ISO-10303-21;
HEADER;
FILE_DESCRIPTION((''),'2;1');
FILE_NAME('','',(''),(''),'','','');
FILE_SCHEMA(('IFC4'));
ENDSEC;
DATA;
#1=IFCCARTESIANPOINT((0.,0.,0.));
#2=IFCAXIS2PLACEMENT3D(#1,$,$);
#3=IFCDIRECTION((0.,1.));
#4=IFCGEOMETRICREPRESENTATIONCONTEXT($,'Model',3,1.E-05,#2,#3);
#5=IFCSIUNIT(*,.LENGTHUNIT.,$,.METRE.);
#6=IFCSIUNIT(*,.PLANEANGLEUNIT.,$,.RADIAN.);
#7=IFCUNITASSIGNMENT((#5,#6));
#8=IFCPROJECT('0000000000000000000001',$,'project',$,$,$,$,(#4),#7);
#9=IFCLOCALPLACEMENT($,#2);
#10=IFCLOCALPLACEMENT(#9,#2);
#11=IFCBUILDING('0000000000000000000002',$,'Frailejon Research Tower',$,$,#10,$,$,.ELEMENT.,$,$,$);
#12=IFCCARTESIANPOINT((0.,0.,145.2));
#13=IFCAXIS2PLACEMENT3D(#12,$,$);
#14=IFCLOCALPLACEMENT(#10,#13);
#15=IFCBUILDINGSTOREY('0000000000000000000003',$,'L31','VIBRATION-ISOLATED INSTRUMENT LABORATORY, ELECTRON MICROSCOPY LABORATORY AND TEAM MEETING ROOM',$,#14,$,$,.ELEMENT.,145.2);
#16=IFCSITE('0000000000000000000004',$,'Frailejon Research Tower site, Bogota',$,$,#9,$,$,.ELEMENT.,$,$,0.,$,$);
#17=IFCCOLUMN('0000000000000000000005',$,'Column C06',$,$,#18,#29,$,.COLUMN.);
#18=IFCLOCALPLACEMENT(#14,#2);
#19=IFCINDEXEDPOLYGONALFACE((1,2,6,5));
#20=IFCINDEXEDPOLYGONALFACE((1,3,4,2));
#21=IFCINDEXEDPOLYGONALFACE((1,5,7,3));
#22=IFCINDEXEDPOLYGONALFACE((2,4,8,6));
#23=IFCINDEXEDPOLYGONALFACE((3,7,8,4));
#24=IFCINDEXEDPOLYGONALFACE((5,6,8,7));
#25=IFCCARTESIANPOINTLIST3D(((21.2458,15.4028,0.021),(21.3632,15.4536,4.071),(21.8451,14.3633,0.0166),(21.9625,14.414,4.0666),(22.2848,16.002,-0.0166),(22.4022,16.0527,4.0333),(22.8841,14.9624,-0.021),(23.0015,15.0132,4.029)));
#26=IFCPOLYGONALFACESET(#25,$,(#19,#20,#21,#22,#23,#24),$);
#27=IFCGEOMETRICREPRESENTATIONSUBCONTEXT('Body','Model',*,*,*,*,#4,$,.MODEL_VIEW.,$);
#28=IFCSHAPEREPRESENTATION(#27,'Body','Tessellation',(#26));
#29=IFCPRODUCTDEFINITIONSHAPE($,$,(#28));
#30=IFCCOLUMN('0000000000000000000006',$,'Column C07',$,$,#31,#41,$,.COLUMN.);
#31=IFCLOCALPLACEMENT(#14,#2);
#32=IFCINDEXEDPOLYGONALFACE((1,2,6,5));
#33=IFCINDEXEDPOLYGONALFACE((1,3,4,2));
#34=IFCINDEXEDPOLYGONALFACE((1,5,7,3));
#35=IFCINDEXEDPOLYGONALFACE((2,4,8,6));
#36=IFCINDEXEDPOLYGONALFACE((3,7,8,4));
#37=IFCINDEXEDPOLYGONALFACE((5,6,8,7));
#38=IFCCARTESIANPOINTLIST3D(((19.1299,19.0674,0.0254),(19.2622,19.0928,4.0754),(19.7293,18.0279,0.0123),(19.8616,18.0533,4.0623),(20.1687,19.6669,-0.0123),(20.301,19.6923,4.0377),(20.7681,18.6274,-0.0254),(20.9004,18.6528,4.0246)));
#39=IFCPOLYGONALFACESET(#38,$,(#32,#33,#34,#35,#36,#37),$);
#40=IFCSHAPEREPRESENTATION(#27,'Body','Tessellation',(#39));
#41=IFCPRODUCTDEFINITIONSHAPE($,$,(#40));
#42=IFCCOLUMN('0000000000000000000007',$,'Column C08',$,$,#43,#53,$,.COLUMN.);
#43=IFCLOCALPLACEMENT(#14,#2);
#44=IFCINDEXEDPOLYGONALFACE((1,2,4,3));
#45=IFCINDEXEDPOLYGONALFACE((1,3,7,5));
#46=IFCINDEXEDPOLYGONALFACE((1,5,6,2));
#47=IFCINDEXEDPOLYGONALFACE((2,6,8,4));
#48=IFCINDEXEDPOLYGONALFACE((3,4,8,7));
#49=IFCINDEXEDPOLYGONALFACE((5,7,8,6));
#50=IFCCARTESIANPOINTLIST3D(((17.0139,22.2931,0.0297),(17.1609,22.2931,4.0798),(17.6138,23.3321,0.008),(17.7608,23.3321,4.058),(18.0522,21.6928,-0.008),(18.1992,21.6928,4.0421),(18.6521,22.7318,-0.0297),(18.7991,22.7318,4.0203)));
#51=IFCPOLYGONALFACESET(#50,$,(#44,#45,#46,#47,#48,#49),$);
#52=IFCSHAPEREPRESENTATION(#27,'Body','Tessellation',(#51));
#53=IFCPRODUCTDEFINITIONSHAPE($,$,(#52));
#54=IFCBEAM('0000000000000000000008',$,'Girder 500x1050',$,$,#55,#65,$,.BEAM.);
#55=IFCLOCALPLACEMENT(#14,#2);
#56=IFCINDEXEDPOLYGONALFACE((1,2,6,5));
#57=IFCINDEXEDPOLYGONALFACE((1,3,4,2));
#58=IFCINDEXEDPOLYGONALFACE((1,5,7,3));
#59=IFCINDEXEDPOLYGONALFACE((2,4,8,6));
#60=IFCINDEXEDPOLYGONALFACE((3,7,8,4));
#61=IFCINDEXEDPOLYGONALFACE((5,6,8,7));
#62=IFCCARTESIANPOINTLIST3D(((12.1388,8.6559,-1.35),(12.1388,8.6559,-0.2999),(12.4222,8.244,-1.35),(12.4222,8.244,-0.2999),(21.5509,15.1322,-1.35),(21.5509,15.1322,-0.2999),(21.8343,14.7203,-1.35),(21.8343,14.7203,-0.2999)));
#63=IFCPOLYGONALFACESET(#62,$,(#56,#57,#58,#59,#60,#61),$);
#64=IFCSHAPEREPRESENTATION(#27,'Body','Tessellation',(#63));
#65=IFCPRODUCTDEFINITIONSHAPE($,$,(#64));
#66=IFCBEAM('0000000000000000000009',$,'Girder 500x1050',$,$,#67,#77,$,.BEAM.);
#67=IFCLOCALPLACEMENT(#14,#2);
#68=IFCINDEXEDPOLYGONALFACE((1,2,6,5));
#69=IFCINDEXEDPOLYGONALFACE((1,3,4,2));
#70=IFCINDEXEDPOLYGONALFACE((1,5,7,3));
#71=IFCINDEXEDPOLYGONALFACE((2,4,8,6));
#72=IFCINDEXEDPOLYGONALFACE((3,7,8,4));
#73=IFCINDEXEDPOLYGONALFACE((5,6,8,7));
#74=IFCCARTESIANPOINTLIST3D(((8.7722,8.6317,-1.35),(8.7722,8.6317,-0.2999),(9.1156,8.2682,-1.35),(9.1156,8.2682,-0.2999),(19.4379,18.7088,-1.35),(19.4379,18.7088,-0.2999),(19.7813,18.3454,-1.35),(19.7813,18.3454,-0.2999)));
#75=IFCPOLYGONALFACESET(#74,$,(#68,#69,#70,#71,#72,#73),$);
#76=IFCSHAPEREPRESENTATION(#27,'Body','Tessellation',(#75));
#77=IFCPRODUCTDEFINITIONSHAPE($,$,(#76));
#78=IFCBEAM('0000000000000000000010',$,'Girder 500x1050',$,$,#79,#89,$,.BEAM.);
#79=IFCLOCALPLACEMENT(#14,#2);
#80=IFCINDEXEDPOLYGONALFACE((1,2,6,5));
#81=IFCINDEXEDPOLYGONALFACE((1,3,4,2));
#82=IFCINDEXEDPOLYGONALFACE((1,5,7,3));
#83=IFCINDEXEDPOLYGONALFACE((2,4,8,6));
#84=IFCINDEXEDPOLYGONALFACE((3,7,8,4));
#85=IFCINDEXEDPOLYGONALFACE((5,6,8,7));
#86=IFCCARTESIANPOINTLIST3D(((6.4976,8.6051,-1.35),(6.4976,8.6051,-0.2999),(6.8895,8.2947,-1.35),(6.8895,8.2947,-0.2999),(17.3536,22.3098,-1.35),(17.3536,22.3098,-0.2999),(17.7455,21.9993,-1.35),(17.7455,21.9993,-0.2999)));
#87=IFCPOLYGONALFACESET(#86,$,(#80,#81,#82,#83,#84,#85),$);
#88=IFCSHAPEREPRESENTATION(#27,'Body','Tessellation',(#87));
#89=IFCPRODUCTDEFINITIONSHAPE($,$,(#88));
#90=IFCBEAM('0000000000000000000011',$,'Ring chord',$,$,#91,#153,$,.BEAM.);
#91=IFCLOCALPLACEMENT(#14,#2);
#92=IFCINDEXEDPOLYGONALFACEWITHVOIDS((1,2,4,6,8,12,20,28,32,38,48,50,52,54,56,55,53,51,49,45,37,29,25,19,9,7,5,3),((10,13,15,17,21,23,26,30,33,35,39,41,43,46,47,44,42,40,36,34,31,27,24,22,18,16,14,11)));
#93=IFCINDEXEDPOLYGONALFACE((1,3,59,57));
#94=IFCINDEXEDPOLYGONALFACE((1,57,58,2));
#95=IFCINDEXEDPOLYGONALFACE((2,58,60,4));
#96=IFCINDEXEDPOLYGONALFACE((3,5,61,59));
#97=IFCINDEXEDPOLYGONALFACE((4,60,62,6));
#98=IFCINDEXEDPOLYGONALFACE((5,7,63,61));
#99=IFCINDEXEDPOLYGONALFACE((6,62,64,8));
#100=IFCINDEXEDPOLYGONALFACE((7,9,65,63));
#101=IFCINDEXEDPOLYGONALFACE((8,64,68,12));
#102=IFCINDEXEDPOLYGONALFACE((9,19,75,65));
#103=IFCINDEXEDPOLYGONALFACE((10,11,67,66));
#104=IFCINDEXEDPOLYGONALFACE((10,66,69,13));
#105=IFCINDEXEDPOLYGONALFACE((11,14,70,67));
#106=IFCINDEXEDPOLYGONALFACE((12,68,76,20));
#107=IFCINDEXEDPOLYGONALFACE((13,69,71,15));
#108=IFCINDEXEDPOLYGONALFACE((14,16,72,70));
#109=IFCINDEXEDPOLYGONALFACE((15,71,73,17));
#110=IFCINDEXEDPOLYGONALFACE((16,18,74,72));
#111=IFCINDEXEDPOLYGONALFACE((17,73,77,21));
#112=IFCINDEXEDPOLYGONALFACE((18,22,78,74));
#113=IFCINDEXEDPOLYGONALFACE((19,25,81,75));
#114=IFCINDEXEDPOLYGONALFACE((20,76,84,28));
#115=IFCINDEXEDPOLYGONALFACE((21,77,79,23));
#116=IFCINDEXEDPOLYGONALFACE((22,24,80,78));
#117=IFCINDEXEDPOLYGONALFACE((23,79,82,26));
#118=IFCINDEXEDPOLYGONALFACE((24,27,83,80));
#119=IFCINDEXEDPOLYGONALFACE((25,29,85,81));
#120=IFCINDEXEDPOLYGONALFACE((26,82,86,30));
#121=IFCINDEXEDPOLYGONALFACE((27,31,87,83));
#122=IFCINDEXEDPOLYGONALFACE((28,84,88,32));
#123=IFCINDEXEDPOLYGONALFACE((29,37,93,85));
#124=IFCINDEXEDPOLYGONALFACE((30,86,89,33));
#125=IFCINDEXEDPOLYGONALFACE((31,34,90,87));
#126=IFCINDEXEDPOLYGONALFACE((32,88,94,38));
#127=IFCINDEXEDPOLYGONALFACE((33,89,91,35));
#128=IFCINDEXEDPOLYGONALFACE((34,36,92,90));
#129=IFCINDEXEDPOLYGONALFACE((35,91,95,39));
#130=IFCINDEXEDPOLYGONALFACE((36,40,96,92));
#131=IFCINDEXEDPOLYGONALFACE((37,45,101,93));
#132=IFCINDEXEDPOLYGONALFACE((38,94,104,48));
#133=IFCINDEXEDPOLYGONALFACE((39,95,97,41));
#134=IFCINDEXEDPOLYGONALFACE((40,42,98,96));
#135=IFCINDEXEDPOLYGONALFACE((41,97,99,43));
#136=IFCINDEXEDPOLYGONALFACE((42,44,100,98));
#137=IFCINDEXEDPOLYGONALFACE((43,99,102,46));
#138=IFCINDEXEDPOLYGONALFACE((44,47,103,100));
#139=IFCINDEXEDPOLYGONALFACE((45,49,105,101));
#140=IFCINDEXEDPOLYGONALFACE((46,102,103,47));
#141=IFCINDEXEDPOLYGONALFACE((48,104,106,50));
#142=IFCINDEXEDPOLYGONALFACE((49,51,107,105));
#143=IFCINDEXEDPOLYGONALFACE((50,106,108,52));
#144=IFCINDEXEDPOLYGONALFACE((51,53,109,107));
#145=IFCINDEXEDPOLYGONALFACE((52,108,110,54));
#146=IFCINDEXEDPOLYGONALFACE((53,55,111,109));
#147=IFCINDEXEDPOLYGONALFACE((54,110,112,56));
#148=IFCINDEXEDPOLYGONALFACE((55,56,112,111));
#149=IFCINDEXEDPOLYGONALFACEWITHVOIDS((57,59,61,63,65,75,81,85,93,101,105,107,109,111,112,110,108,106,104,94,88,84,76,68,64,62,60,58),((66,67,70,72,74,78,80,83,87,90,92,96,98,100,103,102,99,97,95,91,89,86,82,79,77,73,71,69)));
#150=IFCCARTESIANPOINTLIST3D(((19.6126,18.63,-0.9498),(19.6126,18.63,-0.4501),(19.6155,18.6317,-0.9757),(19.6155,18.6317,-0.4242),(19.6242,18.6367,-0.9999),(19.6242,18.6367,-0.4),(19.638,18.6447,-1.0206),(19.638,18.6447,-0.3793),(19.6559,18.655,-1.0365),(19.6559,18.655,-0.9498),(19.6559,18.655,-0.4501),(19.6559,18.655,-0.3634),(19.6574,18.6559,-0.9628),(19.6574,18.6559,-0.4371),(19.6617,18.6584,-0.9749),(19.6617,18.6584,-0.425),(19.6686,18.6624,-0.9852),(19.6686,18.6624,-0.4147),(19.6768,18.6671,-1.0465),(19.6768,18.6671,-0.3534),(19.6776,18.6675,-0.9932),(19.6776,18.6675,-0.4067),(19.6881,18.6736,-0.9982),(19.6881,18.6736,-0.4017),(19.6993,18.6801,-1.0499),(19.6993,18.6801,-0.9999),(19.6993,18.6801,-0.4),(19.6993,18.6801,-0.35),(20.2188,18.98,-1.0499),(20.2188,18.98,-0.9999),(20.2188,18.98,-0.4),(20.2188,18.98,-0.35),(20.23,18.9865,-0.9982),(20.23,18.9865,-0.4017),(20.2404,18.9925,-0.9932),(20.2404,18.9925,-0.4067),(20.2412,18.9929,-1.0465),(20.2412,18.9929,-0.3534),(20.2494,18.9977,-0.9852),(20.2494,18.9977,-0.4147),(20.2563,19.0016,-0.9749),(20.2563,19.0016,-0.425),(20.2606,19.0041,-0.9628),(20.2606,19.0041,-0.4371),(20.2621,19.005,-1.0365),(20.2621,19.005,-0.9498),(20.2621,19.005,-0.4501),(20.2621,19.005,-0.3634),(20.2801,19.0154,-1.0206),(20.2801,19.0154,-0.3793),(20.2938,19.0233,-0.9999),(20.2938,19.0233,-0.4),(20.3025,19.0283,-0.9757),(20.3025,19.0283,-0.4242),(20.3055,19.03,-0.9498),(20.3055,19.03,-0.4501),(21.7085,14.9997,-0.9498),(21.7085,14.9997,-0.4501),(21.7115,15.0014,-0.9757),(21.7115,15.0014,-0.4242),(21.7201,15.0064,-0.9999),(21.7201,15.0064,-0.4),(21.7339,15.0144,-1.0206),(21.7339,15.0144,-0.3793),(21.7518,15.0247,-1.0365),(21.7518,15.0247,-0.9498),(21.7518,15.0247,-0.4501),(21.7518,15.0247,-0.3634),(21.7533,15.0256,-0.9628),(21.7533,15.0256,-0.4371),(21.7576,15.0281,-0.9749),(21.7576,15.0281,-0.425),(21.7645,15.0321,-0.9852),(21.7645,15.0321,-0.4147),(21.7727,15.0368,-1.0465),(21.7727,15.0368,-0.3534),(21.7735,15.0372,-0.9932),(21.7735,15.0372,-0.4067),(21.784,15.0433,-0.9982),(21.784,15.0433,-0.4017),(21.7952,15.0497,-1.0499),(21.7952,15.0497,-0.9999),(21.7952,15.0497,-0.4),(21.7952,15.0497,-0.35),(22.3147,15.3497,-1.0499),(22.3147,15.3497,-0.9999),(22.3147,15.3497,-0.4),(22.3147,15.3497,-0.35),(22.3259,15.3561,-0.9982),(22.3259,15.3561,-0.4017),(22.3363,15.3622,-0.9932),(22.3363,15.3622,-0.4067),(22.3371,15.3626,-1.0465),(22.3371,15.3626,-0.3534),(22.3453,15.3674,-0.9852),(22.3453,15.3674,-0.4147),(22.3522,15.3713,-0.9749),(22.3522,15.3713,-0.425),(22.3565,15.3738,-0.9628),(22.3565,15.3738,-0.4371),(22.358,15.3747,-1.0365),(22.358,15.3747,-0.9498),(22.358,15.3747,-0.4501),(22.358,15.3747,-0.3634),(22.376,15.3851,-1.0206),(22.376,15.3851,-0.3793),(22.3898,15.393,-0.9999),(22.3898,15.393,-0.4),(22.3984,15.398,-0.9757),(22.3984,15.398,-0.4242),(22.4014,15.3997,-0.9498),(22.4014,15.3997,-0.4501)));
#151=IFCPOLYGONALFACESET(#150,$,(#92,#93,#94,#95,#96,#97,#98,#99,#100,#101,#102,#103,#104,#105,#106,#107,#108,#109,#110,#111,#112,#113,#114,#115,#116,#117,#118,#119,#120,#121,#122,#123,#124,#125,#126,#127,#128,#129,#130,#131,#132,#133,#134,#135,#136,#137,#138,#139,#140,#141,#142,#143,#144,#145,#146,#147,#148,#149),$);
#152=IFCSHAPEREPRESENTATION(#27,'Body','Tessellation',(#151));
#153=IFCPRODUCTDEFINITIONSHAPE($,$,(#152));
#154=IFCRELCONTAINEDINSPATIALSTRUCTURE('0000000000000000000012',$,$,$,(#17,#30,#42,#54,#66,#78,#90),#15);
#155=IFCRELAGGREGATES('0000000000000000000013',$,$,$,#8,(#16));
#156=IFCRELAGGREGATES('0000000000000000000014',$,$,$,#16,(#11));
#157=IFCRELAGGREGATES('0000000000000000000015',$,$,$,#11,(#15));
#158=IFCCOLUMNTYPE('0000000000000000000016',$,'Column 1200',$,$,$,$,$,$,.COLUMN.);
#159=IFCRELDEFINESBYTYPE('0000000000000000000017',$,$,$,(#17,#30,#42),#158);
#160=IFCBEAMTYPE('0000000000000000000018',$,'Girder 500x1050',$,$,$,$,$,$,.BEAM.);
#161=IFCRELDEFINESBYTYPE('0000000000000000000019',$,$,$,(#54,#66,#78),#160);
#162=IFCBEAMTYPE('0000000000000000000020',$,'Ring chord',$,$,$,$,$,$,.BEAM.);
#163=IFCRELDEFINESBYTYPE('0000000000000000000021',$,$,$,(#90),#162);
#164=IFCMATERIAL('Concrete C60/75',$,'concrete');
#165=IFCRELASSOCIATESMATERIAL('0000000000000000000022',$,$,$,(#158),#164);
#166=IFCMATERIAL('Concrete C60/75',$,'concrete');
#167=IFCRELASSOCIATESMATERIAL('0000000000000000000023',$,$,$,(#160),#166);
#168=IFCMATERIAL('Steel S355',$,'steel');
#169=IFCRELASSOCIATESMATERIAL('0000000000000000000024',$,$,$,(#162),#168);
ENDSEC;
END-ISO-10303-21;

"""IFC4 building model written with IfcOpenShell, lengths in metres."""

from ifc_helpers import new_model, si_unit, direction, frame, origin, origin_2d, place, context, subcontext, project, spatial, rectangle, hollow_rectangle, extrude, material, material_profile, profile_set, type_object, element, save


model = new_model("IFC4")

# Units and contexts
model_context = context("Model", 3, precision=1e-05, world=origin(), true_north=direction((0.0, 1.0)))
body_context = subcontext(model_context, "Body", "Model", "MODEL_VIEW")
ifc_project = project(units=[si_unit("LENGTHUNIT", "METRE"), si_unit("PLANEANGLEUNIT", "RADIAN")], contexts=[model_context])

# Site, building, storey
site_placement = place(None, origin())
site = spatial("IfcSite", under=ifc_project, at=site_placement, Name="Frailejon Research Tower site, Bogota", CompositionType="ELEMENT", RefElevation=0.0)
building_placement = place(site_placement, origin())
building = spatial("IfcBuilding", under=site, at=building_placement, Name="Frailejon Research Tower", CompositionType="ELEMENT")
storey_placement = place(building_placement, frame((0.0, 0.0, 145.2)))
storey = spatial("IfcBuildingStorey", under=building, at=storey_placement, Name="L31", Description="VIBRATION-ISOLATED INSTRUMENT LABORATORY, ELECTRON MICROSCOPY LABORATORY AND TEAM MEETING ROOM", CompositionType="ELEMENT", Elevation=145.2)

# Columns
ifc_material_1 = material(Name="Concrete C60/75", Category="concrete")
ifc_material_profile_1 = material_profile(ifc_material_1, rectangle(XDim=1.2, YDim=1.2, at=origin_2d()), Name="Column 1200")
ifc_profile_set_1 = profile_set([ifc_material_profile_1], Name="Concrete C60/75")
column_type = type_object("IfcColumnType", Name="Column 1200", PredefinedType="COLUMN", material=ifc_profile_set_1)
column_1_placement = place(storey_placement, frame((22.0649, 15.1826, 0.0), z_axis=(0.028981, 0.012532, 0.999501), x_axis=(-0.49945, 0.866335, 0.003619)))
element("IfcColumn", 1, at=column_1_placement, inside=storey, type_object=column_type, Name="Column C06", PredefinedType="COLUMN", context=body_context, shape_type="SweptSolid", body=[
    extrude(rectangle(XDim=1.2, YDim=1.2, at=origin_2d()), origin(), (0.0, 0.0, 1.0), 4.052),
])
column_2_placement = place(storey_placement, frame((19.949, 18.8474, 0.0), z_axis=(0.032654, 0.006266, 0.999447), x_axis=(-0.49952, 0.866234, 0.01089)))
element("IfcColumn", 2, at=column_2_placement, inside=storey, type_object=column_type, Name="Column C07", PredefinedType="COLUMN", context=body_context, shape_type="SweptSolid", body=[
    extrude(rectangle(XDim=1.2, YDim=1.2, at=origin_2d()), origin(), (0.0, 0.0, 1.0), 4.0522),
])
column_3_placement = place(storey_placement, frame((17.833, 22.5125, 0.0), z_axis=(0.036265, 0.0, 0.999342), x_axis=(-0.865314, 0.500246, 0.031401)))
element("IfcColumn", 3, at=column_3_placement, inside=storey, type_object=column_type, Name="Column C08", PredefinedType="COLUMN", context=body_context, shape_type="SweptSolid", body=[
    extrude(rectangle(XDim=1.2, YDim=1.2, at=origin_2d()), origin(), (0.0, 0.0, 1.0), 4.0527),
])

# Beams
ifc_material_2 = material(Name="Concrete C60/75", Category="concrete")
ifc_material_profile_2 = material_profile(ifc_material_2, rectangle(XDim=0.5, YDim=1.05, at=origin_2d()), Name="Girder 500x1050")
ifc_profile_set_2 = profile_set([ifc_material_profile_2], Name="Concrete C60/75")
beam_type_1 = type_object("IfcBeamType", Name="Girder 500x1050", PredefinedType="BEAM", material=ifc_profile_set_2)
beam_1_placement = place(storey_placement, frame((21.6926, 14.9263, -0.825), z_axis=(-0.823817, -0.566855, 0.0), x_axis=(0.566855, -0.823817, 0.0)))
element("IfcBeam", 4, at=beam_1_placement, inside=storey, type_object=beam_type_1, Name="Girder 500x1050", PredefinedType="BEAM", context=body_context, shape_type="SweptSolid", body=[
    extrude(rectangle(XDim=0.5, YDim=1.05, at=origin_2d()), origin(), (0.0, 0.0, 1.0), 11.425),
])
beam_2_placement = place(storey_placement, frame((19.6096, 18.5271, -0.825), z_axis=(-0.72688, -0.686765, 0.0), x_axis=(0.686765, -0.72688, 0.0)))
element("IfcBeam", 5, at=beam_2_placement, inside=storey, type_object=beam_type_1, Name="Girder 500x1050", PredefinedType="BEAM", context=body_context, shape_type="SweptSolid", body=[
    extrude(rectangle(XDim=0.5, YDim=1.05, at=origin_2d()), origin(), (0.0, 0.0, 1.0), 14.6733),
])
beam_3_placement = place(storey_placement, frame((17.5496, 22.1545, -0.825), z_axis=(-0.620931, -0.783865, 0.0), x_axis=(0.783865, -0.620931, 0.0)))
element("IfcBeam", 6, at=beam_3_placement, inside=storey, type_object=beam_type_1, Name="Girder 500x1050", PredefinedType="BEAM", context=body_context, shape_type="SweptSolid", body=[
    extrude(rectangle(XDim=0.5, YDim=1.05, at=origin_2d()), origin(), (0.0, 0.0, 1.0), 17.4834),
])
ifc_material_3 = material(Name="Steel S355", Category="steel")
ifc_material_profile_3 = material_profile(ifc_material_3, hollow_rectangle(XDim=0.8, YDim=0.7, WallThickness=0.05, InnerFilletRadius=0.05, OuterFilletRadius=0.1001, at=origin_2d()), Name="Ring chord")
ifc_profile_set_3 = profile_set([ifc_material_profile_3], Name="Steel S355")
beam_type_2 = type_object("IfcBeamType", Name="Ring chord", PredefinedType="BEAM", material=ifc_profile_set_3)
for number, where, z_axis, x_axis, name in (
    (7, (22.0549, 15.1997, -0.7), (-0.499991, 0.86603, 0.0), (-0.86603, -0.499991, 0.0), "Ring chord"),
):
    element("IfcBeam", number, at=place(storey_placement, frame(where, z_axis=z_axis, x_axis=x_axis)), inside=storey, type_object=beam_type_2, Name=name, PredefinedType="BEAM", context=body_context, shape_type="SweptSolid", body=[
        extrude(hollow_rectangle(XDim=0.8, YDim=0.7, WallThickness=0.05, InnerFilletRadius=0.05, OuterFilletRadius=0.1001, at=origin_2d()), origin(), (0.0, 0.0, 1.0), 4.1919),
    ])

save(model, "model.ifc")
